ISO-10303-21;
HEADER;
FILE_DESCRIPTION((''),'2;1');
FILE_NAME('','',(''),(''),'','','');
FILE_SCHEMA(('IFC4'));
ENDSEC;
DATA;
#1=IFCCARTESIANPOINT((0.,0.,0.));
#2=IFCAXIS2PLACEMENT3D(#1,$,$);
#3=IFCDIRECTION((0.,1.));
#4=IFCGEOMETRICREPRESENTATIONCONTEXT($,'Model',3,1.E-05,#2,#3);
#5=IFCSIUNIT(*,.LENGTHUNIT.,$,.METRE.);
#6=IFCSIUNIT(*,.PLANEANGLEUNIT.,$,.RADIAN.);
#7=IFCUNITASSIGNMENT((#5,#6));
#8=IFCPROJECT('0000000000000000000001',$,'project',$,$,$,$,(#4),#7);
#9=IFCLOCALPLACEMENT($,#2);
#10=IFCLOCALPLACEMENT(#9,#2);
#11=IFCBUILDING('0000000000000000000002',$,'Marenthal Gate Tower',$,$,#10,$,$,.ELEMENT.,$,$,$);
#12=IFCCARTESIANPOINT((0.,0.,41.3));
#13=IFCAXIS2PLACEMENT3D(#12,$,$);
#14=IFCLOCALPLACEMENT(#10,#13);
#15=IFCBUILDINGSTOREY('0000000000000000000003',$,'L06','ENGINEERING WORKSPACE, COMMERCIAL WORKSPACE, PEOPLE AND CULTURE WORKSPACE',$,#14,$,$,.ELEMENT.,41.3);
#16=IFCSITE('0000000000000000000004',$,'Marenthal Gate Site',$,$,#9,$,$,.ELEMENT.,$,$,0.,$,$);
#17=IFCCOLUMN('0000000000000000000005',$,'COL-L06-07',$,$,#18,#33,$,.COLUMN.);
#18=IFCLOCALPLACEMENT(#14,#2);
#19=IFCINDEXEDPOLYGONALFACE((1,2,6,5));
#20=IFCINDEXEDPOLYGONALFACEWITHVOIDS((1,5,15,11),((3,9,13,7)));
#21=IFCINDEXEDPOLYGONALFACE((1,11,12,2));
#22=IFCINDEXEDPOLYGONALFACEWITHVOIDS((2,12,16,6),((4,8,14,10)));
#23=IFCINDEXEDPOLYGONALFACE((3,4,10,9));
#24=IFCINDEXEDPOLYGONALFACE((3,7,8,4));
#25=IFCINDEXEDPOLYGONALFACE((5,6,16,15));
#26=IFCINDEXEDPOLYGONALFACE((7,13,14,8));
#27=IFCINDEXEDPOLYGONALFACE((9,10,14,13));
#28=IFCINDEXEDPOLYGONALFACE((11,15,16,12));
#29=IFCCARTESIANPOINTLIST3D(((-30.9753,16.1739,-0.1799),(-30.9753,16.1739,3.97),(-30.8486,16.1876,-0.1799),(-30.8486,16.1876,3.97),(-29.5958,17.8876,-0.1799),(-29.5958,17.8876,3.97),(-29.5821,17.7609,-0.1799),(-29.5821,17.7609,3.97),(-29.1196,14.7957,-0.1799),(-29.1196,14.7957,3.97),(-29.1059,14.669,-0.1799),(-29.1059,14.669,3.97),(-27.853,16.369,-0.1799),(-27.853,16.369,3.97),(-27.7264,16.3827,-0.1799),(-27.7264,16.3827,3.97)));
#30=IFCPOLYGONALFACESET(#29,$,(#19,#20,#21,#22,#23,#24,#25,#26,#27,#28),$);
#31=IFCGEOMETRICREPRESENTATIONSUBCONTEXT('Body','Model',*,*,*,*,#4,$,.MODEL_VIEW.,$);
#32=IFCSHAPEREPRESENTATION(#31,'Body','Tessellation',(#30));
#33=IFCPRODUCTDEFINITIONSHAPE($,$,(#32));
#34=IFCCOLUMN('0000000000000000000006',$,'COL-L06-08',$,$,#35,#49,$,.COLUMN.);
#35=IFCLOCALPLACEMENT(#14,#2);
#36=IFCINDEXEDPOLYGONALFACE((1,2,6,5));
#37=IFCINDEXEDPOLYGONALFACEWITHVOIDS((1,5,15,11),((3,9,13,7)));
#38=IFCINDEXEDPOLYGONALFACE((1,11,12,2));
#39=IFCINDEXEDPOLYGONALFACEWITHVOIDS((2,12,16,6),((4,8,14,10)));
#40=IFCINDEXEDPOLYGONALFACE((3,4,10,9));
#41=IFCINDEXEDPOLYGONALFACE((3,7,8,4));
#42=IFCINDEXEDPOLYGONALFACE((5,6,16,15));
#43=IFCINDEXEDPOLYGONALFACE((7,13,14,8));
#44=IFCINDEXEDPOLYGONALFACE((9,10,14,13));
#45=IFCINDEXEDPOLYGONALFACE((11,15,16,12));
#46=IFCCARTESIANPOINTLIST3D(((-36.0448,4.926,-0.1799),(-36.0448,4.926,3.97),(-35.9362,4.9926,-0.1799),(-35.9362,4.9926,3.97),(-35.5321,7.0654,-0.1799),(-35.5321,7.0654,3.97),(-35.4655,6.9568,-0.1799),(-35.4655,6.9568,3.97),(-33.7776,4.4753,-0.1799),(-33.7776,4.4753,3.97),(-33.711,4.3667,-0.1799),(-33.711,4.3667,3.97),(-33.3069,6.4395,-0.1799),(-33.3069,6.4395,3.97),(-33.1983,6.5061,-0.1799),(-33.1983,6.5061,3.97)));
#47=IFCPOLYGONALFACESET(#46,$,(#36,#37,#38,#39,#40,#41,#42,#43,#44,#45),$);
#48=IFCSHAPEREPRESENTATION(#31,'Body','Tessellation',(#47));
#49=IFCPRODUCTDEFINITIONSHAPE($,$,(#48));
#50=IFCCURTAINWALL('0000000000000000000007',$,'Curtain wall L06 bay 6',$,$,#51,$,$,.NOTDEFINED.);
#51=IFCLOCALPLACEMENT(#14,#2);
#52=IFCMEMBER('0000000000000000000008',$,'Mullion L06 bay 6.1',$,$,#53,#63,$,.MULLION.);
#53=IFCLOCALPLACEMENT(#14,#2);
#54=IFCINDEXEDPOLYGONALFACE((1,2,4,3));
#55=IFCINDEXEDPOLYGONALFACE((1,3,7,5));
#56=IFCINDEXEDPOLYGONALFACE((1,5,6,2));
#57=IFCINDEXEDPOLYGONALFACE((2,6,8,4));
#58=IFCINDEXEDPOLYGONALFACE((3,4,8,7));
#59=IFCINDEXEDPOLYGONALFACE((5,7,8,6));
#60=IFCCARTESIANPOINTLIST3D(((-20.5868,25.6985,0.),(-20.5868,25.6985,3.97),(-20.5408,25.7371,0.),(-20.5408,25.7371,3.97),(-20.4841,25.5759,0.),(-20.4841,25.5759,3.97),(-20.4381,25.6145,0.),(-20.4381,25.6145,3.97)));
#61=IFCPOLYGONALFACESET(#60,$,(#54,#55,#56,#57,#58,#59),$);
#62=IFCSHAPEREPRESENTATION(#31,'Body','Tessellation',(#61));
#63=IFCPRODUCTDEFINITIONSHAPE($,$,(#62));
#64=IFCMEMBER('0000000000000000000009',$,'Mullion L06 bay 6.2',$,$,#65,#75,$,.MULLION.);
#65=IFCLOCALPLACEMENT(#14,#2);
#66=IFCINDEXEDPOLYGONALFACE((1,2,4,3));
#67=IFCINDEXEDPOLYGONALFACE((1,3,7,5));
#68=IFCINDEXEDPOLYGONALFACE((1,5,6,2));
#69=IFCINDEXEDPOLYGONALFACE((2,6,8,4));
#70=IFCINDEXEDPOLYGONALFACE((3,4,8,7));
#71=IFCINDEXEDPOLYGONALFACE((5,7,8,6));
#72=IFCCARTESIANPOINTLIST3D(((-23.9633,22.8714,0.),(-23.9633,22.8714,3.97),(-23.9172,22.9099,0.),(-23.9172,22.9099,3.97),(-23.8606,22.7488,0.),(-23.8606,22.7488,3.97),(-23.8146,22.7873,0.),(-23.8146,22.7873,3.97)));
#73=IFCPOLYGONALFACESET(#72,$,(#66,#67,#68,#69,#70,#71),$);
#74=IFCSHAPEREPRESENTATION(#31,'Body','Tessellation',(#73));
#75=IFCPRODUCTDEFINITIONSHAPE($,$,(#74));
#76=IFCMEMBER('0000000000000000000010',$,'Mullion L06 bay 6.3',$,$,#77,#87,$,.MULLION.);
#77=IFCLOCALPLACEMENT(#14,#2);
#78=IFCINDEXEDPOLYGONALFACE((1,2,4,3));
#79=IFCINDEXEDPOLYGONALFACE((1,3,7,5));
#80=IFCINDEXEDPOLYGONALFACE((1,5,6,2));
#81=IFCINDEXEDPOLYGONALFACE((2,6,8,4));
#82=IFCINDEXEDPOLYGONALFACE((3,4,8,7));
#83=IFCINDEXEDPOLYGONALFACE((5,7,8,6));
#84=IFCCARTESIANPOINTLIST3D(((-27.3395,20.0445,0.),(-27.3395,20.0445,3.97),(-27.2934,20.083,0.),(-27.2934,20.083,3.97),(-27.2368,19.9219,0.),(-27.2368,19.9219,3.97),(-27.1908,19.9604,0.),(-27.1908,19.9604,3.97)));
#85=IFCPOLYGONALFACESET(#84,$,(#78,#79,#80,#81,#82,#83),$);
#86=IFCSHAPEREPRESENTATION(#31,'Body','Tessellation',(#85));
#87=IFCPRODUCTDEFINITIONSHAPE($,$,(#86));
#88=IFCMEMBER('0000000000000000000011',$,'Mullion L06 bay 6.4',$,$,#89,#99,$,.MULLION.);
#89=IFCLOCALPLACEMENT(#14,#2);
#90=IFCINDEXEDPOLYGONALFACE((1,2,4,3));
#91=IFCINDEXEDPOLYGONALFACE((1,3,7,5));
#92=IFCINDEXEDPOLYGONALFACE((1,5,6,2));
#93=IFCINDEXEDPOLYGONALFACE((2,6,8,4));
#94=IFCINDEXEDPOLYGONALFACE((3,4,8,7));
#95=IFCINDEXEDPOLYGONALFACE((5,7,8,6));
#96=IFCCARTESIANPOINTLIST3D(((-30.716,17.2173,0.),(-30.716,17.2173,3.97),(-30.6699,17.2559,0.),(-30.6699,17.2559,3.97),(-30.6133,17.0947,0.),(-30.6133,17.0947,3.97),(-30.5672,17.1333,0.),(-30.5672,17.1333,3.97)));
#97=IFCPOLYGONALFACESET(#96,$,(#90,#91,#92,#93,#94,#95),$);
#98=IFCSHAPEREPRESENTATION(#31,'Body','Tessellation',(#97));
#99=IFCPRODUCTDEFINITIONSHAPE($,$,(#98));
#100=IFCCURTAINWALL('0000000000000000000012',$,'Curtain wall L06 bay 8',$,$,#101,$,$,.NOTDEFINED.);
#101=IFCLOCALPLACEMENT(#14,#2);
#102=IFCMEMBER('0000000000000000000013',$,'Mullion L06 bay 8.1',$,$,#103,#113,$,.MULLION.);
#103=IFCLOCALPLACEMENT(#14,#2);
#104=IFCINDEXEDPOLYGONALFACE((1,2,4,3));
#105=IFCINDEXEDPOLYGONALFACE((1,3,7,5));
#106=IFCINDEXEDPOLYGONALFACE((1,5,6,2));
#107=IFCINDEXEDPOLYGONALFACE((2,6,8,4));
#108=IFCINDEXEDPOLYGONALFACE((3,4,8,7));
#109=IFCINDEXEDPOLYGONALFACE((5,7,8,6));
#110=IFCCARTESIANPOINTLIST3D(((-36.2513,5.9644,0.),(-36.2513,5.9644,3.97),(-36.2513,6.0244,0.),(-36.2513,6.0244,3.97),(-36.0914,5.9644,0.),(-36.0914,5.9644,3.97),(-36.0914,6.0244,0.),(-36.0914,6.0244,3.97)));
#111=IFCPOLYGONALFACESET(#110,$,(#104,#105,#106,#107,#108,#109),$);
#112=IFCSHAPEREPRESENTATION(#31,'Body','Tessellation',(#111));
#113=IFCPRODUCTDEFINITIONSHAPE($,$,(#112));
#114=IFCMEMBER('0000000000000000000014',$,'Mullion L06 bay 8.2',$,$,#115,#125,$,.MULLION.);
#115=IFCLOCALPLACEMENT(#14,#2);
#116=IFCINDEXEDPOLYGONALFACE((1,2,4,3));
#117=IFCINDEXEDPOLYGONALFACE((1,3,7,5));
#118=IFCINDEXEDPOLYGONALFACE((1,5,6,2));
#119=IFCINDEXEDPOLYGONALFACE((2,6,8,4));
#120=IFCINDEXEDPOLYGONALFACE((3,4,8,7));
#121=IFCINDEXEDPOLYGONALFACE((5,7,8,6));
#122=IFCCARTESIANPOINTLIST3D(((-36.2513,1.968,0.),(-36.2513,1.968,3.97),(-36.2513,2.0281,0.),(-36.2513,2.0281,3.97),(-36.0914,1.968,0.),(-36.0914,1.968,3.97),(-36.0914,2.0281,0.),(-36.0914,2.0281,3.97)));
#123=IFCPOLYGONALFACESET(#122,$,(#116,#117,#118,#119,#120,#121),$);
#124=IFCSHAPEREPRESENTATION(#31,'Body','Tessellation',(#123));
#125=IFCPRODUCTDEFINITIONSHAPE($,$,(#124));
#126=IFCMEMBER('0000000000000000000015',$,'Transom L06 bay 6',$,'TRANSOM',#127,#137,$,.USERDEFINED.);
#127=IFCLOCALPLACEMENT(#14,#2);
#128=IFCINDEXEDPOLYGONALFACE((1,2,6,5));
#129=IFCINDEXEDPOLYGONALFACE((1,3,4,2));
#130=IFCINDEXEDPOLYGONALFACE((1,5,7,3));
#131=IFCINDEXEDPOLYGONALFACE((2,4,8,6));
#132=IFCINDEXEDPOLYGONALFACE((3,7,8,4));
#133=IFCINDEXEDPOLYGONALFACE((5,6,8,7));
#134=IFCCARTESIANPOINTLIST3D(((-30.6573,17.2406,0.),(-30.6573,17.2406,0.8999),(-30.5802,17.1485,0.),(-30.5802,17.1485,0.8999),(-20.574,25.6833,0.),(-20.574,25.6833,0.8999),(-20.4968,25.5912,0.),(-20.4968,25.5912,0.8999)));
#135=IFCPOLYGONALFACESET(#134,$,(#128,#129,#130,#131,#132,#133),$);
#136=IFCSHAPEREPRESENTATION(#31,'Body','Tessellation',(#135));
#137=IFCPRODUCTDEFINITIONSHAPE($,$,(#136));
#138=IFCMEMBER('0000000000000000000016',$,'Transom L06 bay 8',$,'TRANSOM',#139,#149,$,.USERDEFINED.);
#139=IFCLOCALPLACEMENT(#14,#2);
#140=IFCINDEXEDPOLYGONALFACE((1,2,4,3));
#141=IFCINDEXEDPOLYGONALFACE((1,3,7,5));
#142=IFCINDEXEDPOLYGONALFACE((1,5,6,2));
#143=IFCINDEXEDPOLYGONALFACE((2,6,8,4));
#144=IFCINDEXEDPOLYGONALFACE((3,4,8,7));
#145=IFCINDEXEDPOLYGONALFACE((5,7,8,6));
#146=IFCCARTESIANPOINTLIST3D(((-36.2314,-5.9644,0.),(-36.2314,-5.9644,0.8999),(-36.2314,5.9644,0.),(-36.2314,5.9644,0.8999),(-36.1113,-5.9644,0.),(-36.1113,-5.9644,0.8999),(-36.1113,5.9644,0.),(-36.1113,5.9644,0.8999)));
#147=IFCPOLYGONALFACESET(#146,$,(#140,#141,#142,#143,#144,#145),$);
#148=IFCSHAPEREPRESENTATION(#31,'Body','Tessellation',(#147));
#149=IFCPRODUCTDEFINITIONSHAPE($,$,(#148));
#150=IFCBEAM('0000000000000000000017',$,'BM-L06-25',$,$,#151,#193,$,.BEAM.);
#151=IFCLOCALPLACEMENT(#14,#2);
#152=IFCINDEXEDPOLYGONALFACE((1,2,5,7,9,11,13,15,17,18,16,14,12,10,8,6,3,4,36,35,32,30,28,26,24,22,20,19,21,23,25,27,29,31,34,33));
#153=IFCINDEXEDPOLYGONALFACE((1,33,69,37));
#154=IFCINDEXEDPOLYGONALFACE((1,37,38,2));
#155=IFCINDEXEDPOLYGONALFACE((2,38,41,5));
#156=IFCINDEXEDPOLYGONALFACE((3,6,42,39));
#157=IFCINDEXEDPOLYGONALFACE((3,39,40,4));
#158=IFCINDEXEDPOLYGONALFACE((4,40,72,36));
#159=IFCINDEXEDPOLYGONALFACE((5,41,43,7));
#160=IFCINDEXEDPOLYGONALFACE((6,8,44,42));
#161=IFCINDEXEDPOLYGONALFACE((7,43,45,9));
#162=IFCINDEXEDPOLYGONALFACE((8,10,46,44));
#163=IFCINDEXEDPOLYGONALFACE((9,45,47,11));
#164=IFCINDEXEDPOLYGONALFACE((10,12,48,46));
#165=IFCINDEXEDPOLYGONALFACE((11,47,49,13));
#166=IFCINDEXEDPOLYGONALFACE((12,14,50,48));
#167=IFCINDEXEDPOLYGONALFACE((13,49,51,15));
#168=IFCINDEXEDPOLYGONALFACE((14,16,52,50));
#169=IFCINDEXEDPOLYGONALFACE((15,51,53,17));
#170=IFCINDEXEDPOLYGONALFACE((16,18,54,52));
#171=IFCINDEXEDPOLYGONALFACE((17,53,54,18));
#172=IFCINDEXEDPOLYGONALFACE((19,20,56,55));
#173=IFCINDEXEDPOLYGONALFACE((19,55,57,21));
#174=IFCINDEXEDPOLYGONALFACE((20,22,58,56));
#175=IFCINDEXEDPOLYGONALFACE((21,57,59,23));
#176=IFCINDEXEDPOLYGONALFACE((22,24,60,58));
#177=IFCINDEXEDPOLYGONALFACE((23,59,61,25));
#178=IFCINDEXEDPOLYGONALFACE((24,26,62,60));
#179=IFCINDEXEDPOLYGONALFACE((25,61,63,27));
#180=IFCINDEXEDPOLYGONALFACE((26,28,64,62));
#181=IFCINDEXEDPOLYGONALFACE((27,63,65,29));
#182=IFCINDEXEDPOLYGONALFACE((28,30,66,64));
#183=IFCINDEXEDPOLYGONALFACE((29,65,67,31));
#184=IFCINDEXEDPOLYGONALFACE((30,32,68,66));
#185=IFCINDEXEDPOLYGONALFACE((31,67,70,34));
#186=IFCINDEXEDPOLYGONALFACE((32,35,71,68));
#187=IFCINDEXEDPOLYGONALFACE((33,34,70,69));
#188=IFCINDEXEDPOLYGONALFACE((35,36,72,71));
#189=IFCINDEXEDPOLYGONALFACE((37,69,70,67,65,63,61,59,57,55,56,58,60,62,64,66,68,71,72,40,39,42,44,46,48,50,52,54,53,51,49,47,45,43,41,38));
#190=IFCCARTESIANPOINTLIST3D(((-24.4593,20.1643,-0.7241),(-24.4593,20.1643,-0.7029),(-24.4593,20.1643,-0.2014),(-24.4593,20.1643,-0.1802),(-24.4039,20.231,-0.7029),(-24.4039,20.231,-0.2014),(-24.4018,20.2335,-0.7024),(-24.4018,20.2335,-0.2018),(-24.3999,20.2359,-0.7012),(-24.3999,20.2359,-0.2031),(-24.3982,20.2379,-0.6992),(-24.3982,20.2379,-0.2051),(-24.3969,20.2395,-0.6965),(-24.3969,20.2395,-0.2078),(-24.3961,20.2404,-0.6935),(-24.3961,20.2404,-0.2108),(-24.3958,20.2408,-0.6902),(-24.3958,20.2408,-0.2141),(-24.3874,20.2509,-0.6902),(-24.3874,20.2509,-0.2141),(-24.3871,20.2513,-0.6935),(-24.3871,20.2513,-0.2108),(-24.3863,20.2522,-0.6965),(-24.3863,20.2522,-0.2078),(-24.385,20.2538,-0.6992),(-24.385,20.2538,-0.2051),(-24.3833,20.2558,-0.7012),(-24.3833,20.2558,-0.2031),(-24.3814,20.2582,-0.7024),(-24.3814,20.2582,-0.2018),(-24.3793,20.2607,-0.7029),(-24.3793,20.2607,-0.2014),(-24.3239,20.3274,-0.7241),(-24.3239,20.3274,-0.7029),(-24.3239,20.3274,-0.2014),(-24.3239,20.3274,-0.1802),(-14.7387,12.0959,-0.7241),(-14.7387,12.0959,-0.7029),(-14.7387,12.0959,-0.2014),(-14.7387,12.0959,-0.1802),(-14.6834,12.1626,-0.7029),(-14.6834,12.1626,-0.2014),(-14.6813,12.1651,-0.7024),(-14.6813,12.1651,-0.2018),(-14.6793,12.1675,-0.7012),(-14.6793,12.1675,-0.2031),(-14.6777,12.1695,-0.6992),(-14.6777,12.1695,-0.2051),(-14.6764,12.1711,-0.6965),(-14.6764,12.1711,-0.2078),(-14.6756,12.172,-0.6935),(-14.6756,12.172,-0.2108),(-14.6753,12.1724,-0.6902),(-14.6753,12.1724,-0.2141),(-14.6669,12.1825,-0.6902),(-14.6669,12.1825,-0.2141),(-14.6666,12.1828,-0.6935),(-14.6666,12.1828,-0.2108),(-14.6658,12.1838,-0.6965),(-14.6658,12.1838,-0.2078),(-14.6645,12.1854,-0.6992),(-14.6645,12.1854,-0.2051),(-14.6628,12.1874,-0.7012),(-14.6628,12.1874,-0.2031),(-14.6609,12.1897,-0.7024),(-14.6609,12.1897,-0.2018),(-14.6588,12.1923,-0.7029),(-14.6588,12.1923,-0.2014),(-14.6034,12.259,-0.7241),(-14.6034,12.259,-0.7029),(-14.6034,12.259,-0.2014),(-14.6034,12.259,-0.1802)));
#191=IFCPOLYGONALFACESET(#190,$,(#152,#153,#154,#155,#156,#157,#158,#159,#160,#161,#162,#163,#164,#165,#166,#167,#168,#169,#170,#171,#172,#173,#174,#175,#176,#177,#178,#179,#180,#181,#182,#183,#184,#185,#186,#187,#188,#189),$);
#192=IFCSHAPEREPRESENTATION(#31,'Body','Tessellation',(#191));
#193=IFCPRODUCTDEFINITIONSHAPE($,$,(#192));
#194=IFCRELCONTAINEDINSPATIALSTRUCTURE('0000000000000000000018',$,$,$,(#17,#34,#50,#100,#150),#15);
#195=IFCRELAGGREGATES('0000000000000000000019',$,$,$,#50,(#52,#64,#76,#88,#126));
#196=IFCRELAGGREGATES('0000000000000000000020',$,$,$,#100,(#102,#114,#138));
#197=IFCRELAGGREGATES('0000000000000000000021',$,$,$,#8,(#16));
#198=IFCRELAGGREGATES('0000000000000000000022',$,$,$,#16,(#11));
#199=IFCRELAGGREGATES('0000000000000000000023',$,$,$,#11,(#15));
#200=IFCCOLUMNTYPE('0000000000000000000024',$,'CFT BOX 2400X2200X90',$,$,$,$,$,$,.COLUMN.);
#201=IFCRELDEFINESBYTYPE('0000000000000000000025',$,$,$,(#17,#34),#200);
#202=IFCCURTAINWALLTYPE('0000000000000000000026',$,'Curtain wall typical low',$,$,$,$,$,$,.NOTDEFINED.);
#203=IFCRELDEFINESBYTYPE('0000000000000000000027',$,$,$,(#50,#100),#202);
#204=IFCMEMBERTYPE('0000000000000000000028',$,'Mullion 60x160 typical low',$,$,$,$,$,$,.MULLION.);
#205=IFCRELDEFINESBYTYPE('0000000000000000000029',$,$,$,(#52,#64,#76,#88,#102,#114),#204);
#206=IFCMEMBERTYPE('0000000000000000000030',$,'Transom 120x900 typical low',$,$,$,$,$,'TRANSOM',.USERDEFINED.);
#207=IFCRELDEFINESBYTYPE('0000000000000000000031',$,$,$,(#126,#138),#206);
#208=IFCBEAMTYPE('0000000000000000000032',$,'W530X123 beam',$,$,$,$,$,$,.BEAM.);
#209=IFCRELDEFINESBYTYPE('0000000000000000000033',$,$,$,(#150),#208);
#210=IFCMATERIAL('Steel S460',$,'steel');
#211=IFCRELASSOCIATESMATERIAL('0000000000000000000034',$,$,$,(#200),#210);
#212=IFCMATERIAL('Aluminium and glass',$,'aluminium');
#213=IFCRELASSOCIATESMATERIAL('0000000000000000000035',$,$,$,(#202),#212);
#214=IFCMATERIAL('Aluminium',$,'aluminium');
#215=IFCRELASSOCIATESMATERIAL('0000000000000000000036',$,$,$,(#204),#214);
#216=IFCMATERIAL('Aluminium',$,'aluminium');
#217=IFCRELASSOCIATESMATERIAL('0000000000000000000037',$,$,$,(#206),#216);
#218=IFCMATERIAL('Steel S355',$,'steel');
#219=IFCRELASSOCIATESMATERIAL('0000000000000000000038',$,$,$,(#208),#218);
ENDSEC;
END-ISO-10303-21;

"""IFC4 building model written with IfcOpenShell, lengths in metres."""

from ifc_helpers import new_model, si_unit, direction, frame, origin, origin_2d, place, context, subcontext, project, spatial, rectangle, hollow_rectangle, i_section, extrude, material, material_profile, profile_set, type_object, element, aggregate, save


model = new_model("IFC4")

# Units and contexts
model_context = context("Model", 3, precision=1e-05, world=origin(), true_north=direction((0.0, 1.0)))
body_context = subcontext(model_context, "Body", "Model", "MODEL_VIEW")
ifc_project = project(units=[si_unit("LENGTHUNIT", "METRE"), si_unit("PLANEANGLEUNIT", "RADIAN")], contexts=[model_context])

# Site, building, storey
site_placement = place(None, origin())
site = spatial("IfcSite", under=ifc_project, at=site_placement, Name="Marenthal Gate Site", CompositionType="ELEMENT", RefElevation=0.0)
building_placement = place(site_placement, origin())
building = spatial("IfcBuilding", under=site, at=building_placement, Name="Marenthal Gate Tower", CompositionType="ELEMENT")
storey_placement = place(building_placement, frame((0.0, 0.0, 41.3)))
storey = spatial("IfcBuildingStorey", under=building, at=storey_placement, Name="L06", Description="ENGINEERING WORKSPACE, COMMERCIAL WORKSPACE, PEOPLE AND CULTURE WORKSPACE", CompositionType="ELEMENT", Elevation=41.3)

# Columns
ifc_material_1 = material(Name="Steel S460", Category="steel")
ifc_material_profile_1 = material_profile(ifc_material_1, hollow_rectangle(XDim=2.2, YDim=2.3999, WallThickness=0.0901, at=origin_2d()), Name="CFT BOX 2400X2200X90")
ifc_material_2 = material(Name="Concrete 70 MPa", Category="concrete")
ifc_material_profile_2 = material_profile(ifc_material_2, rectangle(XDim=2.02, YDim=2.22, at=origin_2d()), Name="CFT BOX 2400X2200X90 INFILL")
ifc_profile_set_1 = profile_set([ifc_material_profile_1, ifc_material_profile_2], Name="Steel S460 shell, Concrete 70 MPa infill")
column_type = type_object("IfcColumnType", Name="CFT BOX 2400X2200X90", PredefinedType="COLUMN", material=ifc_profile_set_1)
for number, where, z_axis, x_axis, name in (
    (1, (-29.3508, 16.2783, -0.1799), (0.0, 0.0, 1.0), (0.62707, 0.778963, 0.0), "COL-L06-07"),
    (2, (-34.6216, 5.7161, -0.1799), (0.0, 0.0, 1.0), (0.233047, 0.972466, 0.0), "COL-L06-08"),
):
    element("IfcColumn", number, at=place(storey_placement, frame(where, z_axis=z_axis, x_axis=x_axis)), inside=storey, type_object=column_type, Name=name, PredefinedType="COLUMN", context=body_context, shape_type="SweptSolid", body=[
        extrude(hollow_rectangle(XDim=2.2, YDim=2.3999, WallThickness=0.0901, at=origin_2d()), origin(), (0.0, 0.0, 1.0), 4.1499),
    ])

# Curtain walls, members
ifc_material_3 = material(Name="Aluminium and glass", Category="aluminium")
curtain_wall_type = type_object("IfcCurtainWallType", Name="Curtain wall typical low", PredefinedType="NOTDEFINED", material=ifc_material_3)
curtain_wall_1_placement = place(storey_placement, origin())
curtain_wall_1 = element("IfcCurtainWall", 3, at=curtain_wall_1_placement, inside=storey, type_object=curtain_wall_type, Name="Curtain wall L06 bay 6", PredefinedType="NOTDEFINED")
ifc_material_4 = material(Name="Aluminium", Category="aluminium")
ifc_material_profile_3 = material_profile(ifc_material_4, rectangle(XDim=0.1599, YDim=0.0601, at=origin_2d()), Name="60x160 aluminium mullion")
ifc_profile_set_2 = profile_set([ifc_material_profile_3], Name="Aluminium")
member_type_1 = type_object("IfcMemberType", Name="Mullion 60x160 typical low", PredefinedType="MULLION", material=ifc_profile_set_2)
member_1_placement = place(storey_placement, frame((-20.5125, 25.6565, 0.0), z_axis=(0.0, 0.0, 1.0), x_axis=(0.641982, -0.76672, 0.0)))
member_1 = element("IfcMember", 4, at=member_1_placement, type_object=member_type_1, Name="Mullion L06 bay 6.1", PredefinedType="MULLION", context=body_context, shape_type="SweptSolid", body=[
    extrude(rectangle(XDim=0.1599, YDim=0.0601, at=origin_2d()), origin(), (0.0, 0.0, 1.0), 3.97),
])
member_2_placement = place(storey_placement, frame((-23.8889, 22.8293, 0.0), z_axis=(0.0, 0.0, 1.0), x_axis=(0.641982, -0.76672, 0.0)))
member_2 = element("IfcMember", 5, at=member_2_placement, type_object=member_type_1, Name="Mullion L06 bay 6.2", PredefinedType="MULLION", context=body_context, shape_type="SweptSolid", body=[
    extrude(rectangle(XDim=0.1599, YDim=0.0601, at=origin_2d()), origin(), (0.0, 0.0, 1.0), 3.97),
])
member_3_placement = place(storey_placement, frame((-27.2651, 20.0024, 0.0), z_axis=(0.0, 0.0, 1.0), x_axis=(0.641982, -0.76672, 0.0)))
member_3 = element("IfcMember", 6, at=member_3_placement, type_object=member_type_1, Name="Mullion L06 bay 6.3", PredefinedType="MULLION", context=body_context, shape_type="SweptSolid", body=[
    extrude(rectangle(XDim=0.1599, YDim=0.0601, at=origin_2d()), origin(), (0.0, 0.0, 1.0), 3.97),
])
member_4_placement = place(storey_placement, frame((-30.6416, 17.1753, 0.0), z_axis=(0.0, 0.0, 1.0), x_axis=(0.641982, -0.76672, 0.0)))
member_4 = element("IfcMember", 7, at=member_4_placement, type_object=member_type_1, Name="Mullion L06 bay 6.4", PredefinedType="MULLION", context=body_context, shape_type="SweptSolid", body=[
    extrude(rectangle(XDim=0.1599, YDim=0.0601, at=origin_2d()), origin(), (0.0, 0.0, 1.0), 3.97),
])
curtain_wall_2_placement = place(storey_placement, origin())
curtain_wall_2 = element("IfcCurtainWall", 8, at=curtain_wall_2_placement, inside=storey, type_object=curtain_wall_type, Name="Curtain wall L06 bay 8", PredefinedType="NOTDEFINED")
member_5_placement = place(storey_placement, frame((-36.1714, 5.9944, 0.0), z_axis=(0.0, 0.0, 1.0), x_axis=(1.0, 0.0, 0.0)))
member_5 = element("IfcMember", 9, at=member_5_placement, type_object=member_type_1, Name="Mullion L06 bay 8.1", PredefinedType="MULLION", context=body_context, shape_type="SweptSolid", body=[
    extrude(rectangle(XDim=0.1599, YDim=0.0601, at=origin_2d()), origin(), (0.0, 0.0, 1.0), 3.97),
])
member_6_placement = place(storey_placement, frame((-36.1714, 1.998, 0.0), z_axis=(0.0, 0.0, 1.0), x_axis=(1.0, 0.0, 0.0)))
member_6 = element("IfcMember", 10, at=member_6_placement, type_object=member_type_1, Name="Mullion L06 bay 8.2", PredefinedType="MULLION", context=body_context, shape_type="SweptSolid", body=[
    extrude(rectangle(XDim=0.1599, YDim=0.0601, at=origin_2d()), origin(), (0.0, 0.0, 1.0), 3.97),
])

# Members
ifc_material_5 = material(Name="Aluminium", Category="aluminium")
ifc_material_profile_4 = material_profile(ifc_material_5, rectangle(XDim=0.1201, YDim=0.8999, at=origin_2d()), Name="120x900 aluminium transom")
ifc_profile_set_3 = profile_set([ifc_material_profile_4], Name="Aluminium")
member_type_2 = type_object("IfcMemberType", Name="Transom 120x900 typical low", ElementType="TRANSOM", PredefinedType="USERDEFINED", material=ifc_profile_set_3)
member_7_placement = place(storey_placement, frame((-20.5354, 25.6372, 0.45), z_axis=(-0.766726, -0.641974, 0.0), x_axis=(0.641974, -0.766726, 0.0)))
member_7 = element("IfcMember", 11, at=member_7_placement, type_object=member_type_2, Name="Transom L06 bay 6", ObjectType="TRANSOM", PredefinedType="USERDEFINED", context=body_context, shape_type="SweptSolid", body=[
    extrude(rectangle(XDim=0.1201, YDim=0.8999, at=origin_2d()), origin(), (0.0, 0.0, 1.0), 13.1511),
])
member_8_placement = place(storey_placement, frame((-36.1714, 5.9644, 0.45), z_axis=(0.0, -1.0, 0.0), x_axis=(1.0, 0.0, 0.0)))
member_8 = element("IfcMember", 12, at=member_8_placement, type_object=member_type_2, Name="Transom L06 bay 8", ObjectType="TRANSOM", PredefinedType="USERDEFINED", context=body_context, shape_type="SweptSolid", body=[
    extrude(rectangle(XDim=0.1201, YDim=0.8999, at=origin_2d()), origin(), (0.0, 0.0, 1.0), 11.9287),
])

# Beam
ifc_material_6 = material(Name="Steel S355", Category="steel")
ifc_material_profile_5 = material_profile(ifc_material_6, i_section(OverallWidth=0.2119, OverallDepth=0.5439, WebThickness=0.0132, FlangeThickness=0.0212, FilletRadius=0.0127, at=origin_2d()), Name="W530X123")
ifc_profile_set_4 = profile_set([ifc_material_profile_5], Name="Steel S355")
beam_type_1 = type_object("IfcBeamType", Name="W530X123 beam", PredefinedType="BEAM", material=ifc_profile_set_4)
beam_1_placement = place(storey_placement, frame((-24.3916, 20.2458, -0.4521), z_axis=(0.769467, -0.638687, 0.0), x_axis=(0.638687, 0.769467, 0.0)))
element("IfcBeam", 13, at=beam_1_placement, inside=storey, type_object=beam_type_1, Name="BM-L06-25", PredefinedType="BEAM", context=body_context, shape_type="SweptSolid", body=[
    extrude(i_section(OverallWidth=0.2119, OverallDepth=0.5439, WebThickness=0.0132, FlangeThickness=0.0212, FilletRadius=0.0127, at=origin_2d()), origin(), (0.0, 0.0, 1.0), 12.6328),
])

aggregate(curtain_wall_1, [member_1, member_2, member_3, member_4, member_7])
aggregate(curtain_wall_2, [member_5, member_6, member_8])

save(model, "model.ifc")
